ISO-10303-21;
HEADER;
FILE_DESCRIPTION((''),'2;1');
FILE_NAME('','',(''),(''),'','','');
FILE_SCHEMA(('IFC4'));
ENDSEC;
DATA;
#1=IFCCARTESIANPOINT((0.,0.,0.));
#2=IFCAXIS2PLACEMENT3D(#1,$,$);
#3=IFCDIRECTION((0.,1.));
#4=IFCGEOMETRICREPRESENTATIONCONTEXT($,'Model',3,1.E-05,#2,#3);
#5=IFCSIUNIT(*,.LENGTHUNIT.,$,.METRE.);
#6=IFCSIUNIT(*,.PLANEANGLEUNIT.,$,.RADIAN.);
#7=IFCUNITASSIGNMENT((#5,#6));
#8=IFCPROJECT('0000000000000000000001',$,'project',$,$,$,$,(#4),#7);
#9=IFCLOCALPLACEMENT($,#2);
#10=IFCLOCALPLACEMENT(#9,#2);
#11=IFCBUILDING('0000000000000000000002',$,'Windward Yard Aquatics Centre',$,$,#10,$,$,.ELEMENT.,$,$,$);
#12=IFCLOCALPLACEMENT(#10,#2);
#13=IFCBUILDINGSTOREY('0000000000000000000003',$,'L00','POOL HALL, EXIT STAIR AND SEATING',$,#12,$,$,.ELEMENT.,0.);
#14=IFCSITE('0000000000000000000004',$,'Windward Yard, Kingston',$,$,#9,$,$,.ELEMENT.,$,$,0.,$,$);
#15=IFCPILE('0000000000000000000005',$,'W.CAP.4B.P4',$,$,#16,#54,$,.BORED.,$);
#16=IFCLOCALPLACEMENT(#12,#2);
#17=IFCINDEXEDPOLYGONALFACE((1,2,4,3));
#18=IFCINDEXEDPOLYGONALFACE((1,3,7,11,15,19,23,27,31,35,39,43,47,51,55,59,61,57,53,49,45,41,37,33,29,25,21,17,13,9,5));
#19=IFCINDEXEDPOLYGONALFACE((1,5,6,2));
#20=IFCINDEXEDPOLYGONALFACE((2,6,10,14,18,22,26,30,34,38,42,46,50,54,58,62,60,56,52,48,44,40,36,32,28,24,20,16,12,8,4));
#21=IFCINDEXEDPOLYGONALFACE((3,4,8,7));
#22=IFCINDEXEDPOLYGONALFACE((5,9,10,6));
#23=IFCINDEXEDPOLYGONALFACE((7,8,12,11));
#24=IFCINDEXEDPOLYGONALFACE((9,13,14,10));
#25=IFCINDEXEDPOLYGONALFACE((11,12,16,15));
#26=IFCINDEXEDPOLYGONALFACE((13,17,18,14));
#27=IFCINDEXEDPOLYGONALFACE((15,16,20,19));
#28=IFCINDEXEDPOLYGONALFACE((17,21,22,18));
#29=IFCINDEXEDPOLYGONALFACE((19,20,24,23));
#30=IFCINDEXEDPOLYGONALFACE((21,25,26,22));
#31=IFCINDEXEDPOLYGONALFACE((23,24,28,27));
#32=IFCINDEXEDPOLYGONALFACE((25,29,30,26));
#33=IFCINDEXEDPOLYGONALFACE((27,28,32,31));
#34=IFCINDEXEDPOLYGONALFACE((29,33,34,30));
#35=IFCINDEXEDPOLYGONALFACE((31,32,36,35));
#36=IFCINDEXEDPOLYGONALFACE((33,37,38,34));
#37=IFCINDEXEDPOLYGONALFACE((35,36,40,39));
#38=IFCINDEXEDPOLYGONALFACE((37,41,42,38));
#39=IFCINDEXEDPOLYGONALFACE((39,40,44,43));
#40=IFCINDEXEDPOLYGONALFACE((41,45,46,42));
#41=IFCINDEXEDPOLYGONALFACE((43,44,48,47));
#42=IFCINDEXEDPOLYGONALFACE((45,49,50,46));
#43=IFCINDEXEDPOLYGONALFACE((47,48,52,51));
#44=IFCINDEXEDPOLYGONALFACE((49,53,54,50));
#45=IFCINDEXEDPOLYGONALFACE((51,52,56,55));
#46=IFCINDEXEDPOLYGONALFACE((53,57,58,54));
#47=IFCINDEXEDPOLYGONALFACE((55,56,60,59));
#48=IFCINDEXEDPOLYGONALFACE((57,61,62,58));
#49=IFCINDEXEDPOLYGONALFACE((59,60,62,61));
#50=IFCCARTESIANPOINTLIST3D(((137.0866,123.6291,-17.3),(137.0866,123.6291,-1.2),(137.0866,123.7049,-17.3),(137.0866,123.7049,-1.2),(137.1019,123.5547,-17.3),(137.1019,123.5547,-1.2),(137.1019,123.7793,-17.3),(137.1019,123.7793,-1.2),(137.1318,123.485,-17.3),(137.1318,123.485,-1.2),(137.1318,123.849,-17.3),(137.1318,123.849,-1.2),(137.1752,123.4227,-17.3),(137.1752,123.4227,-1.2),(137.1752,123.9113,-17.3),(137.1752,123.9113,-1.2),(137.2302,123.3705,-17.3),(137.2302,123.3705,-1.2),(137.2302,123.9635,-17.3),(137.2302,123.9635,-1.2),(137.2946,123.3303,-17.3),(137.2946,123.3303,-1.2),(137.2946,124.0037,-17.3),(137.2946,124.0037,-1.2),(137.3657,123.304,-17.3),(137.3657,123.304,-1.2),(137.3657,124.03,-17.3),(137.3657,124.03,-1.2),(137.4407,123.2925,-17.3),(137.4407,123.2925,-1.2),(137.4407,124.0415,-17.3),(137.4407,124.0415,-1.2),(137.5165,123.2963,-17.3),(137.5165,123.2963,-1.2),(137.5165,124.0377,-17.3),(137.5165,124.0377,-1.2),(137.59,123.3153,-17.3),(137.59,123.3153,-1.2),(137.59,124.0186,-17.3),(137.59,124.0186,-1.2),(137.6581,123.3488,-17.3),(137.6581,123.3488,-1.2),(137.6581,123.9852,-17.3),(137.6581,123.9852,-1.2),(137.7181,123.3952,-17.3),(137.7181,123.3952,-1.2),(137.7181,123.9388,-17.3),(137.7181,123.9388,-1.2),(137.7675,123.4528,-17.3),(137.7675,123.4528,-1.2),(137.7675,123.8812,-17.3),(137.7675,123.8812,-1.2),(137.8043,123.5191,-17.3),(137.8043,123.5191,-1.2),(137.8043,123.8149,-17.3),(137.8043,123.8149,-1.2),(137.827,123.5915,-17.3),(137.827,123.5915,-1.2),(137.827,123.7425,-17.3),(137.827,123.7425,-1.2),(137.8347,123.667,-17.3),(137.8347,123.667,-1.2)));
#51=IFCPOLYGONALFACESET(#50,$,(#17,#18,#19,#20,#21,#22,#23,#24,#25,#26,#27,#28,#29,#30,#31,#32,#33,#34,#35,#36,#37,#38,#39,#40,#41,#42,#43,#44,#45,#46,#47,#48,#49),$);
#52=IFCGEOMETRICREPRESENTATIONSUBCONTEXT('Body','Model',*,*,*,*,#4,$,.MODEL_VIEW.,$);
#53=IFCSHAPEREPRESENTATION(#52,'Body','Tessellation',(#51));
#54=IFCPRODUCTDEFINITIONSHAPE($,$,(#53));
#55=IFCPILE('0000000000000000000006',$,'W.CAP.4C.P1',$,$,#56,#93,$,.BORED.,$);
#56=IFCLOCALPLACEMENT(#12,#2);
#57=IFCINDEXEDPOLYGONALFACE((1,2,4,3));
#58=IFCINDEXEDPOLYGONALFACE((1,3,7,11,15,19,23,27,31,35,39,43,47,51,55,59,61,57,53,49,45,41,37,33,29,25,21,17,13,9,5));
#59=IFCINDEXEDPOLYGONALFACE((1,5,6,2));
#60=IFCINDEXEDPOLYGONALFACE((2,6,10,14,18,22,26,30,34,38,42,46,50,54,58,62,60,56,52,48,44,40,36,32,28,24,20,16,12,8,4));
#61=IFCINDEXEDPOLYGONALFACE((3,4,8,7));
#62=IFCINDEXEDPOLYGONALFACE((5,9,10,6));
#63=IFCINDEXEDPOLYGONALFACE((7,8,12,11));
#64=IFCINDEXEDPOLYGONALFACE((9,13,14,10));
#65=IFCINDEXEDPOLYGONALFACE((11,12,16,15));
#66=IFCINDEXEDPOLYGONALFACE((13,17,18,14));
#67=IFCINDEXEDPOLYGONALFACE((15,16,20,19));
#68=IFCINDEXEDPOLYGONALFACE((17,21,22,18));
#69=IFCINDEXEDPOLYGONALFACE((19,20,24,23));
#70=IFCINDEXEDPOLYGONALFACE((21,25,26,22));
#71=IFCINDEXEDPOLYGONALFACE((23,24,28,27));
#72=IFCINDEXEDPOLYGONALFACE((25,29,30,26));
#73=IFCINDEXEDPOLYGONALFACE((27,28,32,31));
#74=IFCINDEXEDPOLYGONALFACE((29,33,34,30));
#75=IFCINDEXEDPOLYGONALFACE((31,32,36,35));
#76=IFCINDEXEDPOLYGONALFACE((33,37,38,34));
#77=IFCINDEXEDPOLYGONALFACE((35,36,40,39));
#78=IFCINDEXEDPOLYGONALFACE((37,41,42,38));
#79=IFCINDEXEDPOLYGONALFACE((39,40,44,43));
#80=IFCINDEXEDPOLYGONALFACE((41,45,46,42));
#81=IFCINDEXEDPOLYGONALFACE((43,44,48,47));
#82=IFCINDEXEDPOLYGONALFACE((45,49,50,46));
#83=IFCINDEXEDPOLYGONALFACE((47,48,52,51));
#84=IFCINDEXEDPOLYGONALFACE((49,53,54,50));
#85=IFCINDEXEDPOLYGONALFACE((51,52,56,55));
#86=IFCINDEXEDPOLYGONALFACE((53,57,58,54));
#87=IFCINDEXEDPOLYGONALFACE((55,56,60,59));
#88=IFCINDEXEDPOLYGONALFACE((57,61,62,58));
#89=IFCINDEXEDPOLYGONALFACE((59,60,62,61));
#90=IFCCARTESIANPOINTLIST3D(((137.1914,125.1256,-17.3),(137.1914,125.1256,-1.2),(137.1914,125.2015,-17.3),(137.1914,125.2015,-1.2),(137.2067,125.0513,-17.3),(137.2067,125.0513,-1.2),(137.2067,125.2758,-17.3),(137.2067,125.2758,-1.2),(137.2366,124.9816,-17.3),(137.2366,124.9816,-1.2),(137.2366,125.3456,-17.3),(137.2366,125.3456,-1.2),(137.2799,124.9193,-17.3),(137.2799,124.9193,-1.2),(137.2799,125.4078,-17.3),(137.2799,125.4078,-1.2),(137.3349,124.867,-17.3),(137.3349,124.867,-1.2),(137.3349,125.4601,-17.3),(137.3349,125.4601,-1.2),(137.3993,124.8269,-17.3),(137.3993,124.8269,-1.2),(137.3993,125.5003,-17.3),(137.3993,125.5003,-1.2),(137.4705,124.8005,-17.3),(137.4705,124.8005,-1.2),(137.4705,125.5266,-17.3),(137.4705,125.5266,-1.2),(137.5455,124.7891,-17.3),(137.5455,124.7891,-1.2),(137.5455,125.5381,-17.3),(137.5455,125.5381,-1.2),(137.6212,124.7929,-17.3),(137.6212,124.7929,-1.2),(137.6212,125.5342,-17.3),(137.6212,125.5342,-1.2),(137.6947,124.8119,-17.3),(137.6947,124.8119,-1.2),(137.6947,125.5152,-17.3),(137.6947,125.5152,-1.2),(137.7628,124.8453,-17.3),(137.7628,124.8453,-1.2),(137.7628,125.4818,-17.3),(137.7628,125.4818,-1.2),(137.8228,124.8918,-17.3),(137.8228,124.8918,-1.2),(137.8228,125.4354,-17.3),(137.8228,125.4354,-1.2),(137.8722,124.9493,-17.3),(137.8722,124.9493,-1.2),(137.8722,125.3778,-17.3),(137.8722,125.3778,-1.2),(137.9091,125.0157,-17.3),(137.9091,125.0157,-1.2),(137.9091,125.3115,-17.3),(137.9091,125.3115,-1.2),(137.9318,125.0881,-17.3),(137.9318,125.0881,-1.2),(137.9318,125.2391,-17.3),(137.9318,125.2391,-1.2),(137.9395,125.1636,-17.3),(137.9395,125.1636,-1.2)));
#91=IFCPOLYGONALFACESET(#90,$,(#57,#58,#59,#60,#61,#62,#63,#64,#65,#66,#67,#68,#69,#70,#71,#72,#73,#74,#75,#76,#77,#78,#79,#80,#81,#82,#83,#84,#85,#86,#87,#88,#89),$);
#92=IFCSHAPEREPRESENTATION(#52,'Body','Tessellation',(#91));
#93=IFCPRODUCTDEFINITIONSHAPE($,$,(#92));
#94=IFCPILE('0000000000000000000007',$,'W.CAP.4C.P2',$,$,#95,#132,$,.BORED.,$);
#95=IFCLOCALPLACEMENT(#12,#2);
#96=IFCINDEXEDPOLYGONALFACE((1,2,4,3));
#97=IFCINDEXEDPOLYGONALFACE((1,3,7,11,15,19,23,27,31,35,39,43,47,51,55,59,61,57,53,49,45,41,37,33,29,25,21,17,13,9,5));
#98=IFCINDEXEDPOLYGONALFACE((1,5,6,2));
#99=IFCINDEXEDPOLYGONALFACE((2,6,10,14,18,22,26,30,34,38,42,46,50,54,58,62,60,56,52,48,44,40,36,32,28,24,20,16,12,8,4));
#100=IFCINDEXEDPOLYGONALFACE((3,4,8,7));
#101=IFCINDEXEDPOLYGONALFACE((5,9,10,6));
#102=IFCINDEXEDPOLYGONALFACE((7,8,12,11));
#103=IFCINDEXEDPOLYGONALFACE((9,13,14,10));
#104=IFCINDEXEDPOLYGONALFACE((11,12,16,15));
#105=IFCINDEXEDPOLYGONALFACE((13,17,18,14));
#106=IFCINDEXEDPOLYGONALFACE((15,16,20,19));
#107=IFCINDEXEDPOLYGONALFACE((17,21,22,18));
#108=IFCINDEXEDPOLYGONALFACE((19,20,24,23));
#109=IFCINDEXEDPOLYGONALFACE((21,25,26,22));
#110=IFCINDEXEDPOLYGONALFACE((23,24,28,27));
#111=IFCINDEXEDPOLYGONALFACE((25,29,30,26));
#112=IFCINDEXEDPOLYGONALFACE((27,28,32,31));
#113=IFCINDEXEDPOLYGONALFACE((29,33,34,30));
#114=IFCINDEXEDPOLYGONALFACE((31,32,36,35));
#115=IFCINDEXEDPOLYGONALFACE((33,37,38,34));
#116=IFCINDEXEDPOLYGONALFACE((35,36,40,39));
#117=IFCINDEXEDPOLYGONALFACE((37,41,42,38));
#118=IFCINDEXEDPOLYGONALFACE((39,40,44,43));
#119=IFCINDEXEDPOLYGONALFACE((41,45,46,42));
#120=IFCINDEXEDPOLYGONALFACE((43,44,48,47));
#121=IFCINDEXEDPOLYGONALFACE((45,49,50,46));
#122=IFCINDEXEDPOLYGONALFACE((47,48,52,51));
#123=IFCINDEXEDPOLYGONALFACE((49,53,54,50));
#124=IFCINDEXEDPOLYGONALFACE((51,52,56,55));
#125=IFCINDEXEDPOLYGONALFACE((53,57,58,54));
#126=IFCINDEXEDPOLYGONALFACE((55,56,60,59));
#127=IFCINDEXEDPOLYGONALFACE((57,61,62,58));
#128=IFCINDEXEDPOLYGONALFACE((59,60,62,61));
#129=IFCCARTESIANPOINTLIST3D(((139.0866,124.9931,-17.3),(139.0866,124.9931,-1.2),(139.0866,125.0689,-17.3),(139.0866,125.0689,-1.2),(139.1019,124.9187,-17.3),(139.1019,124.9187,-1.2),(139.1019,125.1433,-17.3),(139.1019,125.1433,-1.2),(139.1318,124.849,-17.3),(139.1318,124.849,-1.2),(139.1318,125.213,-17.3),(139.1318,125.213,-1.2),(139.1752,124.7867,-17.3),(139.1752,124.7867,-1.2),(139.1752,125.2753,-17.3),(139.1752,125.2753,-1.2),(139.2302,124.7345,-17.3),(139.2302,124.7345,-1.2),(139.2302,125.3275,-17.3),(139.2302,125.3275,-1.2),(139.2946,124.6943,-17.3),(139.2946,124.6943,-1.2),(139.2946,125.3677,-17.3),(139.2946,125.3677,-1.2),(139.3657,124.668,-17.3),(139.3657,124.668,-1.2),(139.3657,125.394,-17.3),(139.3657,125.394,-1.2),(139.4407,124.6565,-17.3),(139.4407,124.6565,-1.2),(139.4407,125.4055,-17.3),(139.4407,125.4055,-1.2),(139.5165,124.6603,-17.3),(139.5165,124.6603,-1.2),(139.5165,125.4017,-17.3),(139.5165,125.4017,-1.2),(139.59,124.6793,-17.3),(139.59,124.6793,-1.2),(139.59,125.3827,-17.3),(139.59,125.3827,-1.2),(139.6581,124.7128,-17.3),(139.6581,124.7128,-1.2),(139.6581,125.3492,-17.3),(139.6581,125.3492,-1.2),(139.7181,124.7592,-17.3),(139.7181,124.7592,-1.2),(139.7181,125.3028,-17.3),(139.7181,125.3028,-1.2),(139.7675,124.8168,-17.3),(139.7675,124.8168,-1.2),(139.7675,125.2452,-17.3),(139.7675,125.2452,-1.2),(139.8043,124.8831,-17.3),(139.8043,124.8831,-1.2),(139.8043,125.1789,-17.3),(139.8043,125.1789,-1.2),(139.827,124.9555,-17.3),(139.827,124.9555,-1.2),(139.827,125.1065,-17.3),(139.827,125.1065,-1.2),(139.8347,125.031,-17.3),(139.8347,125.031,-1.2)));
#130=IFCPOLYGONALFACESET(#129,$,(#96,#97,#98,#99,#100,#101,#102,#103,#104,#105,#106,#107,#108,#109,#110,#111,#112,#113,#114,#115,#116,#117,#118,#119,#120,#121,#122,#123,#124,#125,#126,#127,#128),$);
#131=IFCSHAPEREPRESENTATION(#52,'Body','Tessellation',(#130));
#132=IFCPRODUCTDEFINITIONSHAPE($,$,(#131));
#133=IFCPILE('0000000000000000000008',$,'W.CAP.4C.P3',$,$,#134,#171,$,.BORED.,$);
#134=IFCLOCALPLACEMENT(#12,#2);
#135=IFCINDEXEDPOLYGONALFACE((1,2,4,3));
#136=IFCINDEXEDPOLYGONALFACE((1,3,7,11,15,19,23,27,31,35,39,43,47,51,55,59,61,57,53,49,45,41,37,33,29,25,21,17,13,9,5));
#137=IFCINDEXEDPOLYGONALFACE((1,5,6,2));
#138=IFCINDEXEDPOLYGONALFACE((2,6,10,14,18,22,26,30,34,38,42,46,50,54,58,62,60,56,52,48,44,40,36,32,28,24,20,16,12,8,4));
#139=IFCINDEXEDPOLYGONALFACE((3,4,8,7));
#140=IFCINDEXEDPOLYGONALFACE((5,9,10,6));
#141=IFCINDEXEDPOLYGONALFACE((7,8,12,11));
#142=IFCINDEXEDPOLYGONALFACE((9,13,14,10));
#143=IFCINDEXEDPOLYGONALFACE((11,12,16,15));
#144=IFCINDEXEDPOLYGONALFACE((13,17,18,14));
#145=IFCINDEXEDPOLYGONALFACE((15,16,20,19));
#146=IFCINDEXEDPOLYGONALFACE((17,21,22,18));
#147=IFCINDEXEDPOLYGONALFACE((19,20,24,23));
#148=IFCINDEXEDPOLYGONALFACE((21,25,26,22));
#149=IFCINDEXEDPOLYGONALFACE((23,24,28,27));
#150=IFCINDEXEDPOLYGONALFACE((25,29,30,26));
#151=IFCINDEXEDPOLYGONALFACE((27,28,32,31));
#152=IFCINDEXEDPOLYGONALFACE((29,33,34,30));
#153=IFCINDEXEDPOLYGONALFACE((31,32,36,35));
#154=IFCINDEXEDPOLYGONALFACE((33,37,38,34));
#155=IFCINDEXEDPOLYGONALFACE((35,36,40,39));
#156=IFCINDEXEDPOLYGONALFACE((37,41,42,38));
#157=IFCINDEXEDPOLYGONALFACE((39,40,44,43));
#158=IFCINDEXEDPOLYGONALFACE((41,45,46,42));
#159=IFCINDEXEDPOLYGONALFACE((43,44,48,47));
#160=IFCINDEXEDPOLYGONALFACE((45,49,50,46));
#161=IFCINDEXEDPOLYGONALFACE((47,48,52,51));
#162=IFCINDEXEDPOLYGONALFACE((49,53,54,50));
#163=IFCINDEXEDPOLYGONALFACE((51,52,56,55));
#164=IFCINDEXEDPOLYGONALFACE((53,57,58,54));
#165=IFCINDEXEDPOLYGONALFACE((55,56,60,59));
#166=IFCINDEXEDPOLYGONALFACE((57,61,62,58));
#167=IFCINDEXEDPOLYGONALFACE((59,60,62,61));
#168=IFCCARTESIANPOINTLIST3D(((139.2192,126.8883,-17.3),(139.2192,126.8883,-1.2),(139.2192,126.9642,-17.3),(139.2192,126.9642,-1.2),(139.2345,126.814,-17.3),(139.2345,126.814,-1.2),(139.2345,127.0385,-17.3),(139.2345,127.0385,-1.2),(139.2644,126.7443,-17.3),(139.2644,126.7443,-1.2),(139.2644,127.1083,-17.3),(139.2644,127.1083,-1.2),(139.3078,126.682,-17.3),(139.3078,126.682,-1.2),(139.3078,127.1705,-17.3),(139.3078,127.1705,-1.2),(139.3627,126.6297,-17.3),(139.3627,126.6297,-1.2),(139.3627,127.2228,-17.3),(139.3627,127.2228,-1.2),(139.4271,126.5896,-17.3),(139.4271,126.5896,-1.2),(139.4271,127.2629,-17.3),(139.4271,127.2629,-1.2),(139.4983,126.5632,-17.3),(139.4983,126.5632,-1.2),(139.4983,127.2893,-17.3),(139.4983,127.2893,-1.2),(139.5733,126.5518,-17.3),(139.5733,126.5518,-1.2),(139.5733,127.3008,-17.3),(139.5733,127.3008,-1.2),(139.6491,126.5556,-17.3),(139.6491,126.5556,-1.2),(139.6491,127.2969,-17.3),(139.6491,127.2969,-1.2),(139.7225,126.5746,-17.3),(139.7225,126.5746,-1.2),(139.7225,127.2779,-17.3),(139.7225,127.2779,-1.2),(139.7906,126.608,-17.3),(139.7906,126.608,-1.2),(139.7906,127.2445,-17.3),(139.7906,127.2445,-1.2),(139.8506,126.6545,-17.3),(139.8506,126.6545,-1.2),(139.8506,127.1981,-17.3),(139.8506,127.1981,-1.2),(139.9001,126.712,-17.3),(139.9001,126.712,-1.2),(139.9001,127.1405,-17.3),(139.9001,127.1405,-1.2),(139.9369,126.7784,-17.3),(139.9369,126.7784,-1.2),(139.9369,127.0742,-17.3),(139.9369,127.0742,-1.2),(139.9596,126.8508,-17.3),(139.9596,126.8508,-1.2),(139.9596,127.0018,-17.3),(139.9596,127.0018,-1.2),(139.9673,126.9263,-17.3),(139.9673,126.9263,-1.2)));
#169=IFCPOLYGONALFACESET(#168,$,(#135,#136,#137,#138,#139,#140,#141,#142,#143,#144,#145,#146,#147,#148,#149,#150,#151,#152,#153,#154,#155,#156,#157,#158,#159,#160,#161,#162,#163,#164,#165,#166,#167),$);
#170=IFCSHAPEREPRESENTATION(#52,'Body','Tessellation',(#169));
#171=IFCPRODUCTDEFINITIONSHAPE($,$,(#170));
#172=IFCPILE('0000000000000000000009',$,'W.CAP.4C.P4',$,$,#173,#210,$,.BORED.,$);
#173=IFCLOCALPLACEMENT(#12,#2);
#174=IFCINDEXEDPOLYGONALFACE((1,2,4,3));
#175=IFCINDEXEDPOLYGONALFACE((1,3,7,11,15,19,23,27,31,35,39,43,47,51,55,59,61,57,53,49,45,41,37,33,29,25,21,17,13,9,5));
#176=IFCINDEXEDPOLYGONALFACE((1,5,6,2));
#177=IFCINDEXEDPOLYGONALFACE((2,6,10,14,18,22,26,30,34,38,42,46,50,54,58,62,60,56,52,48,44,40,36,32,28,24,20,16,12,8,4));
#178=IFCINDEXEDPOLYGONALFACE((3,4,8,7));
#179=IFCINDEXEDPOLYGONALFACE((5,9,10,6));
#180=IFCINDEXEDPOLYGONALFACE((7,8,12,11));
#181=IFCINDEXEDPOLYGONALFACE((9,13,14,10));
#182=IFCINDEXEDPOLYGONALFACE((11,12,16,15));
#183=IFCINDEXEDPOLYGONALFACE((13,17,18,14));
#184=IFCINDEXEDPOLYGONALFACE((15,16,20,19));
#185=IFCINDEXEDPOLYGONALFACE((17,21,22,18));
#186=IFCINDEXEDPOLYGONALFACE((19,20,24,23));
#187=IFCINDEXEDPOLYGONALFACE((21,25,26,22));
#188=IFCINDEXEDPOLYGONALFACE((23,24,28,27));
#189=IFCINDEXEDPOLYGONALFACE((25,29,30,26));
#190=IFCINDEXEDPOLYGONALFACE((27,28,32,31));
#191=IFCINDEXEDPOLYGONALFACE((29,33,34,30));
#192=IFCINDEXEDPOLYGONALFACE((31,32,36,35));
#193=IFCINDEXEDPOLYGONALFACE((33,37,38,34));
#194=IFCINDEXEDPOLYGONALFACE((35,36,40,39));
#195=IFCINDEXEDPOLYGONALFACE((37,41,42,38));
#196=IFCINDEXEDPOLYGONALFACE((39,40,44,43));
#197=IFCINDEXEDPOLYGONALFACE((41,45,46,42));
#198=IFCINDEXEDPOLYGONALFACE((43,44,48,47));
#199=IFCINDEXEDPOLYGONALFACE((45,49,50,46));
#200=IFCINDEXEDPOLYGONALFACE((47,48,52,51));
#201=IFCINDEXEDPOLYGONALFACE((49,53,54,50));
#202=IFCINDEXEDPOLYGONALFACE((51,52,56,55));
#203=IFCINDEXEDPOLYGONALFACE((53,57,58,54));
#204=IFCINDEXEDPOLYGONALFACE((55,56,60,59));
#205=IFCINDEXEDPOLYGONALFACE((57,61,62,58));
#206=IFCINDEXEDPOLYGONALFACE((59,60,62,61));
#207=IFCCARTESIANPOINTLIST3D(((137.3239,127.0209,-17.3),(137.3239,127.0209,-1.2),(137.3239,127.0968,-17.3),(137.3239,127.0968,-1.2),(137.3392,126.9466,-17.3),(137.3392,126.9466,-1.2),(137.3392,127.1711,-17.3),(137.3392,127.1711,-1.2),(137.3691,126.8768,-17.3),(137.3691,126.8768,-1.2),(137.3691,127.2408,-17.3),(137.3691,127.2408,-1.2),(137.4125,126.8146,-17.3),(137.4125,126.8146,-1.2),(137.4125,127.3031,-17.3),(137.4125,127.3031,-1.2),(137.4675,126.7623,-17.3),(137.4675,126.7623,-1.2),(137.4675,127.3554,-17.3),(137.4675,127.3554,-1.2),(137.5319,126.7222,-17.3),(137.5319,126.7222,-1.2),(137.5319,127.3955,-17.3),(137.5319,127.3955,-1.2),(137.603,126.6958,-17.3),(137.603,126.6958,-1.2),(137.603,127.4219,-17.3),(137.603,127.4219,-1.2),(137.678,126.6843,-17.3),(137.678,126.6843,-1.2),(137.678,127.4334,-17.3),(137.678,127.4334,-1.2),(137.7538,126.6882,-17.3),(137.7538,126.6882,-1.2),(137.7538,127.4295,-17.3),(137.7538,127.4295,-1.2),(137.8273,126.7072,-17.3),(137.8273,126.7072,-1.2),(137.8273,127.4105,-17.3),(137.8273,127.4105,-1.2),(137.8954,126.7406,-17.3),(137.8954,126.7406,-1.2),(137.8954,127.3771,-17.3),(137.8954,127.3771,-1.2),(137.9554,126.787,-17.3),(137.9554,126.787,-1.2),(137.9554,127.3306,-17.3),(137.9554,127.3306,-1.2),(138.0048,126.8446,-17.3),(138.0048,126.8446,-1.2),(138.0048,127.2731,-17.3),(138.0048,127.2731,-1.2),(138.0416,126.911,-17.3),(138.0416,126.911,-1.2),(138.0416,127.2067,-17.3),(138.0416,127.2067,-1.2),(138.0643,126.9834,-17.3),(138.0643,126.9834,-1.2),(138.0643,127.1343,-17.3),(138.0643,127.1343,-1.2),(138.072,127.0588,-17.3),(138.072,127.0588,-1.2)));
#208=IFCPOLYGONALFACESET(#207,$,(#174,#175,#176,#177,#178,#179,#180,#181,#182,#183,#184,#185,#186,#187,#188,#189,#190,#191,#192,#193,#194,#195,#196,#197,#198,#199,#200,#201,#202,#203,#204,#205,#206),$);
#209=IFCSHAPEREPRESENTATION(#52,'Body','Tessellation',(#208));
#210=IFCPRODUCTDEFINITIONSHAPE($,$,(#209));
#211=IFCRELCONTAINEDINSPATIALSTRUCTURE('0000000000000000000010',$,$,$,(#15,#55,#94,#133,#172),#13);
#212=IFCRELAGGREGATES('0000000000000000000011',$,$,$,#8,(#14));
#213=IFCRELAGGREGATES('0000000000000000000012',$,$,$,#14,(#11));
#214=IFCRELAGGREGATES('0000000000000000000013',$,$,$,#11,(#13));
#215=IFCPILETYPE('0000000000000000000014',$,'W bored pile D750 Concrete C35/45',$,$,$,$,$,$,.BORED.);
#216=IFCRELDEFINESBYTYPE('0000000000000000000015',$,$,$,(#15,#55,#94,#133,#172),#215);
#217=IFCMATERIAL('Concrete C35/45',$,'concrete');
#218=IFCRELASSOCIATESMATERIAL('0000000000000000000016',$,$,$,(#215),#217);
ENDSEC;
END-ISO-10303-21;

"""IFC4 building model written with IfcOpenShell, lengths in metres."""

from ifc_helpers import new_model, si_unit, direction, frame, origin, origin_2d, place, context, subcontext, project, spatial, circle, extrude, material, material_profile, profile_set, type_object, element, save


model = new_model("IFC4")

# Units and contexts
model_context = context("Model", 3, precision=1e-05, world=origin(), true_north=direction((0.0, 1.0)))
body_context = subcontext(model_context, "Body", "Model", "MODEL_VIEW")
ifc_project = project(units=[si_unit("LENGTHUNIT", "METRE"), si_unit("PLANEANGLEUNIT", "RADIAN")], contexts=[model_context])

# Site, building, storey
site_placement = place(None, origin())
site = spatial("IfcSite", under=ifc_project, at=site_placement, Name="Windward Yard, Kingston", CompositionType="ELEMENT", RefElevation=0.0)
building_placement = place(site_placement, origin())
building = spatial("IfcBuilding", under=site, at=building_placement, Name="Windward Yard Aquatics Centre", CompositionType="ELEMENT")
storey_placement = place(building_placement, origin())
storey = spatial("IfcBuildingStorey", under=building, at=storey_placement, Name="L00", Description="POOL HALL, EXIT STAIR AND SEATING", CompositionType="ELEMENT", Elevation=0.0)

# Piles
ifc_material_1 = material(Name="Concrete C35/45", Category="concrete")
ifc_material_profile_1 = material_profile(ifc_material_1, circle(Radius=0.375, at=origin_2d()), Name="D750")
ifc_profile_set_1 = profile_set([ifc_material_profile_1], Name="Concrete C35/45")
pile_type = type_object("IfcPileType", Name="W bored pile D750 Concrete C35/45", PredefinedType="BORED", material=ifc_profile_set_1)
for number, where, z_axis, x_axis, name in (
    (1, (137.4597, 123.667, -1.2), (0.0, 0.0, -1.0), (1.0, 0.0, 0.0), "W.CAP.4B.P4"),
    (2, (137.5645, 125.1636, -1.2), (0.0, 0.0, -1.0), (1.0, 0.0, 0.0), "W.CAP.4C.P1"),
    (3, (139.4597, 125.031, -1.2), (0.0, 0.0, -1.0), (1.0, 0.0, 0.0), "W.CAP.4C.P2"),
    (4, (139.5923, 126.9263, -1.2), (0.0, 0.0, -1.0), (1.0, 0.0, 0.0), "W.CAP.4C.P3"),
    (5, (137.697, 127.0588, -1.2), (0.0, 0.0, -1.0), (1.0, 0.0, 0.0), "W.CAP.4C.P4"),
):
    element("IfcPile", number, at=place(storey_placement, frame(where, z_axis=z_axis, x_axis=x_axis)), inside=storey, type_object=pile_type, Name=name, PredefinedType="BORED", context=body_context, shape_type="SweptSolid", body=[
        extrude(circle(Radius=0.375, at=origin_2d()), origin(), (0.0, 0.0, 1.0), 16.1001),
    ])

save(model, "model.ifc")
